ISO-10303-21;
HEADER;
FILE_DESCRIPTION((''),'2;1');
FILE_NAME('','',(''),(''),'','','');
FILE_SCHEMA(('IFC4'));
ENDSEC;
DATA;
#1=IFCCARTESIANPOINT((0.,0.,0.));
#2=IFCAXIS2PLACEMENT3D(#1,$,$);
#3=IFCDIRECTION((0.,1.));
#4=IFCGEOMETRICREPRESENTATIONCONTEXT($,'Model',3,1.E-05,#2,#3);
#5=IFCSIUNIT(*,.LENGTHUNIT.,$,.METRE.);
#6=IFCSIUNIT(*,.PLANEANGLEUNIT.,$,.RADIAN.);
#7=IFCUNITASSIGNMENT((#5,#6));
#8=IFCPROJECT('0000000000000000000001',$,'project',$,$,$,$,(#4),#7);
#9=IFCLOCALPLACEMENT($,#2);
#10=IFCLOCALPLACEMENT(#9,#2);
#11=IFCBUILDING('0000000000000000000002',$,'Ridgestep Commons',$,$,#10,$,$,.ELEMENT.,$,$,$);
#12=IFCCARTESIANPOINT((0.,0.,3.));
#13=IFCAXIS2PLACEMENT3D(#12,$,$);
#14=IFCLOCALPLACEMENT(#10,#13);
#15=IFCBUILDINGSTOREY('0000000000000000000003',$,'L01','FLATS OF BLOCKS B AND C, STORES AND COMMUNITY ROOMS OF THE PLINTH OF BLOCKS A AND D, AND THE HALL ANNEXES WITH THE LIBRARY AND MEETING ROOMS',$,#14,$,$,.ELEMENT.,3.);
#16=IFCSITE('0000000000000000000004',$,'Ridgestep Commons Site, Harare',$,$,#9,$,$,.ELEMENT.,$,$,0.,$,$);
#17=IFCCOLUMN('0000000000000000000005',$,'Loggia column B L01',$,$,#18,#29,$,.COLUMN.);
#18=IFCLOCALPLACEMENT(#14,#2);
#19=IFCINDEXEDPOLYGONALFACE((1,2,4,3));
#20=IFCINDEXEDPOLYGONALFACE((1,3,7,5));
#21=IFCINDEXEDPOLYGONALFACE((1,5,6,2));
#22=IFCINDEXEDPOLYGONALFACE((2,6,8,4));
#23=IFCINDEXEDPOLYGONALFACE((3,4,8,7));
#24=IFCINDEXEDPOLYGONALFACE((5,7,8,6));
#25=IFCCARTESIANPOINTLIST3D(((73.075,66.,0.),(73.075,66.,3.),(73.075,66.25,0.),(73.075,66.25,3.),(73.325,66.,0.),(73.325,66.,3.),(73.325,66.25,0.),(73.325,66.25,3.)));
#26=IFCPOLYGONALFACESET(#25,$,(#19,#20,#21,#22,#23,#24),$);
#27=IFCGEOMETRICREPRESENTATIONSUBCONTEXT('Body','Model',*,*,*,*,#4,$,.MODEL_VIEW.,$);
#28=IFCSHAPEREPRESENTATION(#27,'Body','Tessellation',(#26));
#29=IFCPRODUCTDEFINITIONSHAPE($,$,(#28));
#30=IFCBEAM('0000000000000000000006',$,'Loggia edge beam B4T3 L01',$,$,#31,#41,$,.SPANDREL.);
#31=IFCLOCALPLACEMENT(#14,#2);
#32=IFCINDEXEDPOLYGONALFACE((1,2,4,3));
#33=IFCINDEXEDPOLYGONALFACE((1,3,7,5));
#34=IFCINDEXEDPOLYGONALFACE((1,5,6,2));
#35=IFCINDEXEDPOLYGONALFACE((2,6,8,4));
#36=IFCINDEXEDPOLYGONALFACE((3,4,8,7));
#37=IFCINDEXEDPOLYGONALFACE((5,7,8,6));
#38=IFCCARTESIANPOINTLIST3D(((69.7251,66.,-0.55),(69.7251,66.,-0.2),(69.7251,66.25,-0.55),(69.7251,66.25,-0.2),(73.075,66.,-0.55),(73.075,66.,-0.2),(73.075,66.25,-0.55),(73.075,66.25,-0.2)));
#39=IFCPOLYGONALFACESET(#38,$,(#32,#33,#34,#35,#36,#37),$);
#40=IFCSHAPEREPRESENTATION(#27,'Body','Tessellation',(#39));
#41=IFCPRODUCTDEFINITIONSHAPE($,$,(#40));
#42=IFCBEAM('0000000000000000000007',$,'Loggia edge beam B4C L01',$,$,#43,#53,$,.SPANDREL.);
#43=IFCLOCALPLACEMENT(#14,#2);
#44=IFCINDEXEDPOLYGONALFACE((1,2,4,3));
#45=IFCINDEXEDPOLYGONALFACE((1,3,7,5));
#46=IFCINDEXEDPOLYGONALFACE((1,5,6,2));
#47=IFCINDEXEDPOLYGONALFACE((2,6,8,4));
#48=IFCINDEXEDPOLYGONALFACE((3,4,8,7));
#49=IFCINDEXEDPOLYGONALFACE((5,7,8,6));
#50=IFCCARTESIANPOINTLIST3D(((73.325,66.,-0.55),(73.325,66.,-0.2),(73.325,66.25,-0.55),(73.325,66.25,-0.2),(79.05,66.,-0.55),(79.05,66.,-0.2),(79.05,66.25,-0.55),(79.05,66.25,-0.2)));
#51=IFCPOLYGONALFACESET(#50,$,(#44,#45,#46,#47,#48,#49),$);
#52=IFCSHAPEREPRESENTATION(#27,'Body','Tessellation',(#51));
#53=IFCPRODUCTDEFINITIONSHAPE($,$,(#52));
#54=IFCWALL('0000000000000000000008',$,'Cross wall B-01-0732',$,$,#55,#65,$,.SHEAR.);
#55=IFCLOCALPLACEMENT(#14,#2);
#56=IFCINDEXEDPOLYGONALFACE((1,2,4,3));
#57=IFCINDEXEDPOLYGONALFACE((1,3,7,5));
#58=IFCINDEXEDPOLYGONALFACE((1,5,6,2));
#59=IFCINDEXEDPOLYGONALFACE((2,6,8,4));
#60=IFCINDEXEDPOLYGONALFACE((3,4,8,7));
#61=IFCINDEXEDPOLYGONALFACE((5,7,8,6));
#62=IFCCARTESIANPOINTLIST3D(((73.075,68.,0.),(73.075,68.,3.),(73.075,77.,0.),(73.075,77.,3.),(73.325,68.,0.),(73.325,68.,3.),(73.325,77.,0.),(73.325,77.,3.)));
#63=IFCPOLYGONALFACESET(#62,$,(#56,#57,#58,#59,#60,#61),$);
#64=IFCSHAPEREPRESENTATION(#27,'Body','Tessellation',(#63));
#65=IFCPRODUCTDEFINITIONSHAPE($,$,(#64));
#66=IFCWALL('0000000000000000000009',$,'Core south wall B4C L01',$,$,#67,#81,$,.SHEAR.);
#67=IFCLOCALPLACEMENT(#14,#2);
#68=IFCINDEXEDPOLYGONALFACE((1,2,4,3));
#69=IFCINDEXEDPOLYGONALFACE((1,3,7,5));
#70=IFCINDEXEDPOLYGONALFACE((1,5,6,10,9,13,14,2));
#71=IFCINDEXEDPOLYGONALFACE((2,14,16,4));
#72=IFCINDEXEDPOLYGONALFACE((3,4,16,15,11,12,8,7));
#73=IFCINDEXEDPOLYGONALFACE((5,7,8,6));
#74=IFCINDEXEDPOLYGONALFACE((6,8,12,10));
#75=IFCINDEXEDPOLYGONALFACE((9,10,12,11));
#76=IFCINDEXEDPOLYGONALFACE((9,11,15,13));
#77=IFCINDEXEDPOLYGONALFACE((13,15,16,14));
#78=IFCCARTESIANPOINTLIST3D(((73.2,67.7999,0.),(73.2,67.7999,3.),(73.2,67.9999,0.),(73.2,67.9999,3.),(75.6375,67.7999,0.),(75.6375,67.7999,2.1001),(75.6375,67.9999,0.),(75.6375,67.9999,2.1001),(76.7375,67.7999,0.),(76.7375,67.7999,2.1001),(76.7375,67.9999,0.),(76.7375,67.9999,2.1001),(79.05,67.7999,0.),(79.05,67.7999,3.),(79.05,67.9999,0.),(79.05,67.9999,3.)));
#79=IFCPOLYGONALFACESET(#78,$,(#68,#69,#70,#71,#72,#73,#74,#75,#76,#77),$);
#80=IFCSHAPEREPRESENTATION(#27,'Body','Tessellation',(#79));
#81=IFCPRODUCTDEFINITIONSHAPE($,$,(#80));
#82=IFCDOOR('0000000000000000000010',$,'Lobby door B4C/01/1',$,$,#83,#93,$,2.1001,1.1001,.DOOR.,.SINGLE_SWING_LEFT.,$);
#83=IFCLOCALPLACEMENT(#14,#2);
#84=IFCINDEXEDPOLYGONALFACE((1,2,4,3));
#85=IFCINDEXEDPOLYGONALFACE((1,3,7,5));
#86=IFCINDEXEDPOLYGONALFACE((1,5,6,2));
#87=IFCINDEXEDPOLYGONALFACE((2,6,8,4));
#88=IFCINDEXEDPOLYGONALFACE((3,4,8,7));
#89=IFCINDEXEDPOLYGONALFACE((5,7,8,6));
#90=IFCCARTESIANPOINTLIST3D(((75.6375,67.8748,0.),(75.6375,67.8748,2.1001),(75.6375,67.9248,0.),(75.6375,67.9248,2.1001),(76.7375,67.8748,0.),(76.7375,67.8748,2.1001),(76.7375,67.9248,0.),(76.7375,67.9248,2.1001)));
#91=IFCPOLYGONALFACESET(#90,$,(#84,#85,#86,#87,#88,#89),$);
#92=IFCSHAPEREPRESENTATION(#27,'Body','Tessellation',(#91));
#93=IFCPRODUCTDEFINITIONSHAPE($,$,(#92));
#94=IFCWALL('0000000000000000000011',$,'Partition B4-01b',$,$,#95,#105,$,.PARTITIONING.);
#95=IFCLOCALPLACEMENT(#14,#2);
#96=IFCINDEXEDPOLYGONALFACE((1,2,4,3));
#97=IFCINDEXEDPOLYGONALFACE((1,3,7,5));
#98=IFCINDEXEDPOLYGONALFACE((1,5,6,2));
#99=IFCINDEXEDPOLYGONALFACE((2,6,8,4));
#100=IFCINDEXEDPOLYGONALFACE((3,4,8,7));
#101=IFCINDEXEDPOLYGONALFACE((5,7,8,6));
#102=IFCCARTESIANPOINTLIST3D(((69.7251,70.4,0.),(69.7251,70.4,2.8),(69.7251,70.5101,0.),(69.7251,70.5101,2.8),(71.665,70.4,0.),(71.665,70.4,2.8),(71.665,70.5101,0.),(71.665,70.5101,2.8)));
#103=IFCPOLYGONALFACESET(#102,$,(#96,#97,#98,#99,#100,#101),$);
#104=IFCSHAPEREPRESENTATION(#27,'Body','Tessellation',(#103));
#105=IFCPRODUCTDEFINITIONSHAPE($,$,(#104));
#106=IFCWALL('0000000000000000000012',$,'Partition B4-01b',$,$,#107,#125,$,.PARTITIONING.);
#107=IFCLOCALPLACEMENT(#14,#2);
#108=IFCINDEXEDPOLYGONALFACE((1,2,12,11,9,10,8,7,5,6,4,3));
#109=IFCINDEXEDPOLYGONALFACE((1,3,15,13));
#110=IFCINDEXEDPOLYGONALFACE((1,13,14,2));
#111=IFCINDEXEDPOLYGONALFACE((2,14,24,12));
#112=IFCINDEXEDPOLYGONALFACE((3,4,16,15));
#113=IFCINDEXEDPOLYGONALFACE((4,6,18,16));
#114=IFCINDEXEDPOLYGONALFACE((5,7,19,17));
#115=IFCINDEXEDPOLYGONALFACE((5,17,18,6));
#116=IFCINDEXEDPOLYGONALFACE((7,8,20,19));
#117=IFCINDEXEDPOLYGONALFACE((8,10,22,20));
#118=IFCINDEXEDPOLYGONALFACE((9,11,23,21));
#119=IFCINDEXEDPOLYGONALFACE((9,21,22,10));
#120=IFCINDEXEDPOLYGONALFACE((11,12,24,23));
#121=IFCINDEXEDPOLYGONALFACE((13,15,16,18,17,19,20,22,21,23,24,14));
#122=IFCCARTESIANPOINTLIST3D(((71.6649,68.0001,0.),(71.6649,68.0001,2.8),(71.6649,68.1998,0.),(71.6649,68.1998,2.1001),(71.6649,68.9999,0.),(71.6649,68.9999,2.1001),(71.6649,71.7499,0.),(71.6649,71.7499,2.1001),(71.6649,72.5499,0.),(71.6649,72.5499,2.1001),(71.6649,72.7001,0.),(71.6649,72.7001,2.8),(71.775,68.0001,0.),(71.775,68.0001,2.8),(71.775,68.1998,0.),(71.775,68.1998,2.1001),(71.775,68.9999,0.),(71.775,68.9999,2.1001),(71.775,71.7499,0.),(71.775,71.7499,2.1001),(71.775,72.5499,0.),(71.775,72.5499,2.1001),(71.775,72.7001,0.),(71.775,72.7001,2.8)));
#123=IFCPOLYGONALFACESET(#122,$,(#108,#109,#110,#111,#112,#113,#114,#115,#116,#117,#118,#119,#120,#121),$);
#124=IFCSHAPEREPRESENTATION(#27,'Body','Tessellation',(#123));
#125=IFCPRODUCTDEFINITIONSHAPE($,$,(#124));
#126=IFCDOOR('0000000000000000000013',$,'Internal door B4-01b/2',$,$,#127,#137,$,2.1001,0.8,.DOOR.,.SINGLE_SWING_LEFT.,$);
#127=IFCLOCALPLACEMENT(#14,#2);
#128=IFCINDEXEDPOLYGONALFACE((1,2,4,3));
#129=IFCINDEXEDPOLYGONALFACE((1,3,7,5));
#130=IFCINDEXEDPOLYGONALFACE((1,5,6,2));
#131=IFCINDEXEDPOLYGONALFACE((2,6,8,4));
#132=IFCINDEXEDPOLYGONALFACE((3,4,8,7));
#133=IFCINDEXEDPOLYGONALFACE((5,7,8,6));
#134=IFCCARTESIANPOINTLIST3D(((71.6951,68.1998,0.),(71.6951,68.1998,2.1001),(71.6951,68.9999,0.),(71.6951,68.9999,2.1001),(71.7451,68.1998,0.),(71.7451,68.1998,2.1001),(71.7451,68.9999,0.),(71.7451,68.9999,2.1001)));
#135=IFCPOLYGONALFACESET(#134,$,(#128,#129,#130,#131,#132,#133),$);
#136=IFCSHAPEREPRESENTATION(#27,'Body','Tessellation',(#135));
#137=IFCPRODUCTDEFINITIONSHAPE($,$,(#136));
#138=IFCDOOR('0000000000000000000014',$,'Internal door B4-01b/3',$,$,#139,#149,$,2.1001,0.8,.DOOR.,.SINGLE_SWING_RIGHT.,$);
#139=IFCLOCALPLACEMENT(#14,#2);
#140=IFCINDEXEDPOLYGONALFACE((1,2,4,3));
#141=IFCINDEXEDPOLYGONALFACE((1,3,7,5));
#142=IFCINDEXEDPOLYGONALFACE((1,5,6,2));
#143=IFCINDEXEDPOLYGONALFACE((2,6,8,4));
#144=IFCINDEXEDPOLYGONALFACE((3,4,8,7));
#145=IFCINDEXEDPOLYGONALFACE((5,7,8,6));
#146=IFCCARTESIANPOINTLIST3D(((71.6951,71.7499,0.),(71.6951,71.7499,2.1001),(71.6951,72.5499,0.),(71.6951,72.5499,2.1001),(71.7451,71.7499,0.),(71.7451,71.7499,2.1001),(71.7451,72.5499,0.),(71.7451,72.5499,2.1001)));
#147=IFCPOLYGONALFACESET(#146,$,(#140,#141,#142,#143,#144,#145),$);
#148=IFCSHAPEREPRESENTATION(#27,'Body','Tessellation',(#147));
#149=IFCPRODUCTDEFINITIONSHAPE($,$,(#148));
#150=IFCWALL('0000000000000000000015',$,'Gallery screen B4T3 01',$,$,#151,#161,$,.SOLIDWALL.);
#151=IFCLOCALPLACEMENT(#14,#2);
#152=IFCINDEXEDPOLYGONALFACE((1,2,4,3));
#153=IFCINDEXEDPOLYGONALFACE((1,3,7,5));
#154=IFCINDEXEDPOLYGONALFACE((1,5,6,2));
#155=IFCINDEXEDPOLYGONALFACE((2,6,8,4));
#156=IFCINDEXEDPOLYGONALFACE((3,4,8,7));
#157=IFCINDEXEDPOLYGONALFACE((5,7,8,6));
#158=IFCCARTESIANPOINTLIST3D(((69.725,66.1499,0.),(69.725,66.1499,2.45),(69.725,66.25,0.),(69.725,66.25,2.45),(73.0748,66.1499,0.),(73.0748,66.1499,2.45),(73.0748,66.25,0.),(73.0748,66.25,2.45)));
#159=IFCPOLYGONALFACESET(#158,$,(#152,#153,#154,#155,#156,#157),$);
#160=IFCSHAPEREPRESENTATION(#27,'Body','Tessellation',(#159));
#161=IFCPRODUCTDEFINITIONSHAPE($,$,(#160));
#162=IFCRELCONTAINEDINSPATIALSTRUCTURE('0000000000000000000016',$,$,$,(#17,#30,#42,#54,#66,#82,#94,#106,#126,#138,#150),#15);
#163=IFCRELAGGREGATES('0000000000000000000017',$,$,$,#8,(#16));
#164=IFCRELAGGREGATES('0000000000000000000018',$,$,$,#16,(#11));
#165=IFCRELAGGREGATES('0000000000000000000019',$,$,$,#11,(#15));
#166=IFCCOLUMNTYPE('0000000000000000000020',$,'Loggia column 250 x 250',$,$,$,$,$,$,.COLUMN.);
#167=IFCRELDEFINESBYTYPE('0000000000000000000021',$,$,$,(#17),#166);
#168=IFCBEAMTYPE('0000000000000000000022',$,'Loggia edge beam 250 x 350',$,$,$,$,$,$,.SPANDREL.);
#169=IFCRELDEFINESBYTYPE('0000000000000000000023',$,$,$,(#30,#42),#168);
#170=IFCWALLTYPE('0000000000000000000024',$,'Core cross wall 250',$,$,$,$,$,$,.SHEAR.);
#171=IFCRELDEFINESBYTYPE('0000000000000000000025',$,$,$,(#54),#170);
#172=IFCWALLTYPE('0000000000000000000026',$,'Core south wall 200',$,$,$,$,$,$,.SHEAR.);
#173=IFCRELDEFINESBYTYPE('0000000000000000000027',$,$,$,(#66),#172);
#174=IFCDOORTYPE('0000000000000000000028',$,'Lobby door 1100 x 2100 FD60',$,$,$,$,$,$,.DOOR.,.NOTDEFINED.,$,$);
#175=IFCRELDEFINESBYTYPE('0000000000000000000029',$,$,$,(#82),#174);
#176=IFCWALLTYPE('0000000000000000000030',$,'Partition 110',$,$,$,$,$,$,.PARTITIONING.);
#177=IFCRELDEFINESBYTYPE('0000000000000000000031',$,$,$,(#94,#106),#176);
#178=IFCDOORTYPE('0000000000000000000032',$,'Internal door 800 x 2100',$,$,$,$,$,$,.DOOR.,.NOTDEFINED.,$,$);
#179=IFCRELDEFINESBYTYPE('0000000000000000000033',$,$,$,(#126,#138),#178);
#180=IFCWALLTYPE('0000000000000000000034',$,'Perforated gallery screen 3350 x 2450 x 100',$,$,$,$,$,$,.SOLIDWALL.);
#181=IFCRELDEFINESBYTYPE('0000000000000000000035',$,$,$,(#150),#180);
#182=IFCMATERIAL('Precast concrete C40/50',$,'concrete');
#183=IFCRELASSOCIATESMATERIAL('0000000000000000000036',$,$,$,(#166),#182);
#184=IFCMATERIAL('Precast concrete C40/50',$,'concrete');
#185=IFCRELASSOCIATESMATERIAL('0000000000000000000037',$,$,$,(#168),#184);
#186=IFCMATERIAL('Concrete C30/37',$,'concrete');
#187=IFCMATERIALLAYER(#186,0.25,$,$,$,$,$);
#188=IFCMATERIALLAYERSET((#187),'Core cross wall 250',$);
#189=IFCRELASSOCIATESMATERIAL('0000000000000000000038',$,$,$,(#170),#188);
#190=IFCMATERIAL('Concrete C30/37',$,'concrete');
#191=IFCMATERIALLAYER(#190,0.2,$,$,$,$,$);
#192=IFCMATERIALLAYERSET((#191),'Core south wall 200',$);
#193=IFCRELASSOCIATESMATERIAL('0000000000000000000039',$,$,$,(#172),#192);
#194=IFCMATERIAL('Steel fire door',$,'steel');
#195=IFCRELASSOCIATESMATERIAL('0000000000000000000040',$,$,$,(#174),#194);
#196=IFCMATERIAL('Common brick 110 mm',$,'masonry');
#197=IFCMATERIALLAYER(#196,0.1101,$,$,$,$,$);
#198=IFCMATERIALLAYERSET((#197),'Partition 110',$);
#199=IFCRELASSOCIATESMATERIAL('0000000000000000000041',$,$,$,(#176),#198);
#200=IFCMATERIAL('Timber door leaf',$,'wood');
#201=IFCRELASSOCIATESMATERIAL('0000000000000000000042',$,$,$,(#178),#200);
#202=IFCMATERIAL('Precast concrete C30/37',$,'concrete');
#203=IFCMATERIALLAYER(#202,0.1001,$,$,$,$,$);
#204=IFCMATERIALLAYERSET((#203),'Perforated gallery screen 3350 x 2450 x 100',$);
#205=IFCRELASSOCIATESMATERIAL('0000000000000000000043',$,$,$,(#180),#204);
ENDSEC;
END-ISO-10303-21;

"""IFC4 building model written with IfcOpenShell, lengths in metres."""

from ifc_helpers import new_model, si_unit, direction, frame, frame_2d, origin, origin_2d, place, context, subcontext, project, spatial, rectangle, extrude, material, layer, layer_set, material_profile, profile_set, type_object, element, fill, save


model = new_model("IFC4")

# Units and contexts
model_context = context("Model", 3, precision=1e-05, world=origin(), true_north=direction((0.0, 1.0)))
body_context = subcontext(model_context, "Body", "Model", "MODEL_VIEW")
ifc_project = project(units=[si_unit("LENGTHUNIT", "METRE"), si_unit("PLANEANGLEUNIT", "RADIAN")], contexts=[model_context])

# Site, building, storey
site_placement = place(None, origin())
site = spatial("IfcSite", under=ifc_project, at=site_placement, Name="Ridgestep Commons Site, Harare", CompositionType="ELEMENT", RefElevation=0.0)
building_placement = place(site_placement, origin())
building = spatial("IfcBuilding", under=site, at=building_placement, Name="Ridgestep Commons", CompositionType="ELEMENT")
storey_placement = place(building_placement, frame((0.0, 0.0, 3.0)))
storey = spatial("IfcBuildingStorey", under=building, at=storey_placement, Name="L01", Description="FLATS OF BLOCKS B AND C, STORES AND COMMUNITY ROOMS OF THE PLINTH OF BLOCKS A AND D, AND THE HALL ANNEXES WITH THE LIBRARY AND MEETING ROOMS", CompositionType="ELEMENT", Elevation=3.0)

# Column
ifc_material_1 = material(Name="Precast concrete C40/50", Category="concrete")
ifc_material_profile_1 = material_profile(ifc_material_1, rectangle(XDim=0.25, YDim=0.25, at=origin_2d()), Name="PC 250x250")
ifc_profile_set_1 = profile_set([ifc_material_profile_1], Name="Precast concrete C40/50")
column_type = type_object("IfcColumnType", Name="Loggia column 250 x 250", PredefinedType="COLUMN", material=ifc_profile_set_1)
column_placement = place(storey_placement, frame((73.2, 66.125, 0.0), z_axis=(0.0, 0.0, 1.0), x_axis=(1.0, 0.0, 0.0)))
element("IfcColumn", 1, at=column_placement, inside=storey, type_object=column_type, Name="Loggia column B L01", PredefinedType="COLUMN", context=body_context, shape_type="SweptSolid", body=[
    extrude(rectangle(XDim=0.25, YDim=0.25, at=origin_2d()), origin(), (0.0, 0.0, 1.0), 3.0),
])

# Beams
ifc_material_2 = material(Name="Precast concrete C40/50", Category="concrete")
ifc_material_profile_2 = material_profile(ifc_material_2, rectangle(XDim=0.25, YDim=0.3501, at=origin_2d()), Name="PC 250x350")
ifc_profile_set_2 = profile_set([ifc_material_profile_2], Name="Precast concrete C40/50")
beam_type = type_object("IfcBeamType", Name="Loggia edge beam 250 x 350", PredefinedType="SPANDREL", material=ifc_profile_set_2)
beam_1_placement = place(storey_placement, frame((69.7251, 66.125, -0.375), z_axis=(1.0, 0.0, 0.0), x_axis=(0.0, 1.0, 0.0)))
element("IfcBeam", 2, at=beam_1_placement, inside=storey, type_object=beam_type, Name="Loggia edge beam B4T3 L01", PredefinedType="SPANDREL", context=body_context, shape_type="SweptSolid", body=[
    extrude(rectangle(XDim=0.25, YDim=0.3501, at=origin_2d()), origin(), (0.0, 0.0, 1.0), 3.3499),
])
beam_2_placement = place(storey_placement, frame((73.325, 66.125, -0.375), z_axis=(1.0, 0.0, 0.0), x_axis=(0.0, 1.0, 0.0)))
element("IfcBeam", 3, at=beam_2_placement, inside=storey, type_object=beam_type, Name="Loggia edge beam B4C L01", PredefinedType="SPANDREL", context=body_context, shape_type="SweptSolid", body=[
    extrude(rectangle(XDim=0.25, YDim=0.3501, at=origin_2d()), origin(), (0.0, 0.0, 1.0), 5.7251),
])

# Wall
ifc_material_3 = material(Name="Concrete C30/37", Category="concrete")
ifc_layer_1 = layer(ifc_material_3, 0.25)
ifc_layer_set_1 = layer_set([ifc_layer_1], Name="Core cross wall 250")
wall_type_1 = type_object("IfcWallType", Name="Core cross wall 250", PredefinedType="SHEAR", material=ifc_layer_set_1)
wall_1_placement = place(storey_placement, frame((73.2, 68.0, 0.0), z_axis=(0.0, 0.0, 1.0), x_axis=(0.0, 1.0, 0.0)))
element("IfcWall", 4, at=wall_1_placement, inside=storey, type_object=wall_type_1, Name="Cross wall B-01-0732", PredefinedType="SHEAR", context=body_context, shape_type="SweptSolid", body=[
    extrude(rectangle(XDim=9.0, YDim=0.25, at=frame_2d((4.5, 0.0))), origin(), (0.0, 0.0, 1.0), 3.0),
])

# Wall, opening, door
ifc_material_4 = material(Name="Concrete C30/37", Category="concrete")
ifc_layer_2 = layer(ifc_material_4, 0.2)
ifc_layer_set_2 = layer_set([ifc_layer_2], Name="Core south wall 200")
wall_type_2 = type_object("IfcWallType", Name="Core south wall 200", PredefinedType="SHEAR", material=ifc_layer_set_2)
wall_2_placement = place(storey_placement, frame((73.2, 67.8999, 0.0), z_axis=(0.0, 0.0, 1.0), x_axis=(1.0, 0.0, 0.0)))
wall_2 = element("IfcWall", 5, at=wall_2_placement, inside=storey, type_object=wall_type_2, Name="Core south wall B4C L01", PredefinedType="SHEAR", context=body_context, shape_type="SweptSolid", body=[
    extrude(rectangle(XDim=5.8501, YDim=0.2, at=frame_2d((2.925, 0.0))), origin(), (0.0, 0.0, 1.0), 3.0),
])
opening_1_placement = place(wall_2_placement, frame((2.4375, 0.0, 0.0)))
opening_1 = element("IfcOpeningElement", 6, at=opening_1_placement, cuts=wall_2, PredefinedType="OPENING", context=body_context, shape_type="SweptSolid", body=[
    extrude(rectangle(XDim=1.1001, YDim=2.1001, at=frame_2d((0.55, 1.05))), frame((0.0, 0.1099, 0.0), z_axis=(0.0, -1.0, 0.0), x_axis=(1.0, 0.0, 0.0)), (0.0, 0.0, 1.0), 0.22),
])
ifc_material_5 = material(Name="Steel fire door", Category="steel")
door_type_1 = type_object("IfcDoorType", Name="Lobby door 1100 x 2100 FD60", OperationType="NOTDEFINED", PredefinedType="DOOR", material=ifc_material_5)
door_1_placement = place(opening_1_placement, origin())
door_1 = element("IfcDoor", 7, at=door_1_placement, inside=storey, type_object=door_type_1, Name="Lobby door B4C/01/1", OperationType="SINGLE_SWING_LEFT", OverallHeight=2.1001, OverallWidth=1.1001, PredefinedType="DOOR", context=body_context, shape_type="SweptSolid", body=[
    extrude(rectangle(XDim=1.1001, YDim=2.1001, at=frame_2d((0.55, 1.05))), frame((0.0, 0.0249, 0.0), z_axis=(0.0, -1.0, 0.0), x_axis=(1.0, 0.0, 0.0)), (0.0, 0.0, 1.0), 0.05),
])
fill(opening_1, door_1)

# Wall
ifc_material_6 = material(Name="Common brick 110 mm", Category="masonry")
ifc_layer_3 = layer(ifc_material_6, 0.1101)
ifc_layer_set_3 = layer_set([ifc_layer_3], Name="Partition 110")
wall_type_3 = type_object("IfcWallType", Name="Partition 110", PredefinedType="PARTITIONING", material=ifc_layer_set_3)
wall_3_placement = place(storey_placement, frame((69.7251, 70.4551, 0.0), z_axis=(0.0, 0.0, 1.0), x_axis=(1.0, 0.0, 0.0)))
element("IfcWall", 8, at=wall_3_placement, inside=storey, type_object=wall_type_3, Name="Partition B4-01b", PredefinedType="PARTITIONING", context=body_context, shape_type="SweptSolid", body=[
    extrude(rectangle(XDim=1.9399, YDim=0.1101, at=frame_2d((0.97, 0.0))), origin(), (0.0, 0.0, 1.0), 2.8),
])

# Wall, openings, doors
wall_4_placement = place(storey_placement, frame((71.72, 68.0, 0.0), z_axis=(0.0, 0.0, 1.0), x_axis=(0.0, 1.0, 0.0)))
wall_4 = element("IfcWall", 9, at=wall_4_placement, inside=storey, type_object=wall_type_3, Name="Partition B4-01b", PredefinedType="PARTITIONING", context=body_context, shape_type="SweptSolid", body=[
    extrude(rectangle(XDim=4.7, YDim=0.1101, at=frame_2d((2.3501, 0.0))), origin(), (0.0, 0.0, 1.0), 2.8),
])
opening_2_placement = place(wall_4_placement, frame((0.2, 0.0, 0.0)))
opening_2 = element("IfcOpeningElement", 10, at=opening_2_placement, cuts=wall_4, PredefinedType="OPENING", context=body_context, shape_type="SweptSolid", body=[
    extrude(rectangle(XDim=0.8, YDim=2.1001, at=frame_2d((0.3999, 1.05))), frame((0.0, 0.0649, 0.0), z_axis=(0.0, -1.0, 0.0), x_axis=(1.0, 0.0, 0.0)), (0.0, 0.0, 1.0), 0.1301),
])
opening_3_placement = place(wall_4_placement, frame((3.75, 0.0, 0.0)))
opening_3 = element("IfcOpeningElement", 11, at=opening_3_placement, cuts=wall_4, PredefinedType="OPENING", context=body_context, shape_type="SweptSolid", body=[
    extrude(rectangle(XDim=0.8, YDim=2.1001, at=frame_2d((0.3999, 1.05))), frame((0.0, 0.0649, 0.0), z_axis=(0.0, -1.0, 0.0), x_axis=(1.0, 0.0, 0.0)), (0.0, 0.0, 1.0), 0.1301),
])
ifc_material_7 = material(Name="Timber door leaf", Category="wood")
door_type_2 = type_object("IfcDoorType", Name="Internal door 800 x 2100", OperationType="NOTDEFINED", PredefinedType="DOOR", material=ifc_material_7)
door_2_placement = place(opening_2_placement, origin())
door_2 = element("IfcDoor", 12, at=door_2_placement, inside=storey, type_object=door_type_2, Name="Internal door B4-01b/2", OperationType="SINGLE_SWING_LEFT", OverallHeight=2.1001, OverallWidth=0.8, PredefinedType="DOOR", context=body_context, shape_type="SweptSolid", body=[
    extrude(rectangle(XDim=0.8, YDim=2.1001, at=frame_2d((0.3999, 1.05))), frame((0.0, 0.0249, 0.0), z_axis=(0.0, -1.0, 0.0), x_axis=(1.0, 0.0, 0.0)), (0.0, 0.0, 1.0), 0.05),
])
fill(opening_2, door_2)
door_3_placement = place(opening_3_placement, origin())
door_3 = element("IfcDoor", 13, at=door_3_placement, inside=storey, type_object=door_type_2, Name="Internal door B4-01b/3", OperationType="SINGLE_SWING_RIGHT", OverallHeight=2.1001, OverallWidth=0.8, PredefinedType="DOOR", context=body_context, shape_type="SweptSolid", body=[
    extrude(rectangle(XDim=0.8, YDim=2.1001, at=frame_2d((0.3999, 1.05))), frame((0.0, 0.0249, 0.0), z_axis=(0.0, -1.0, 0.0), x_axis=(1.0, 0.0, 0.0)), (0.0, 0.0, 1.0), 0.05),
])
fill(opening_3, door_3)

# Wall
ifc_material_8 = material(Name="Precast concrete C30/37", Category="concrete")
ifc_layer_4 = layer(ifc_material_8, 0.1001)
ifc_layer_set_4 = layer_set([ifc_layer_4], Name="Perforated gallery screen 3350 x 2450 x 100")
wall_type_4 = type_object("IfcWallType", Name="Perforated gallery screen 3350 x 2450 x 100", PredefinedType="SOLIDWALL", material=ifc_layer_set_4)
wall_5_placement = place(storey_placement, frame((69.7251, 66.2, 0.0), z_axis=(0.0, 0.0, 1.0), x_axis=(1.0, 0.0, 0.0)))
element("IfcWall", 14, at=wall_5_placement, inside=storey, type_object=wall_type_4, Name="Gallery screen B4T3 01", PredefinedType="SOLIDWALL", context=body_context, shape_type="SweptSolid", body=[
    extrude(rectangle(XDim=3.3499, YDim=0.1001, at=frame_2d((1.6748, 0.0))), origin(), (0.0, 0.0, 1.0), 2.45),
])

save(model, "model.ifc")
